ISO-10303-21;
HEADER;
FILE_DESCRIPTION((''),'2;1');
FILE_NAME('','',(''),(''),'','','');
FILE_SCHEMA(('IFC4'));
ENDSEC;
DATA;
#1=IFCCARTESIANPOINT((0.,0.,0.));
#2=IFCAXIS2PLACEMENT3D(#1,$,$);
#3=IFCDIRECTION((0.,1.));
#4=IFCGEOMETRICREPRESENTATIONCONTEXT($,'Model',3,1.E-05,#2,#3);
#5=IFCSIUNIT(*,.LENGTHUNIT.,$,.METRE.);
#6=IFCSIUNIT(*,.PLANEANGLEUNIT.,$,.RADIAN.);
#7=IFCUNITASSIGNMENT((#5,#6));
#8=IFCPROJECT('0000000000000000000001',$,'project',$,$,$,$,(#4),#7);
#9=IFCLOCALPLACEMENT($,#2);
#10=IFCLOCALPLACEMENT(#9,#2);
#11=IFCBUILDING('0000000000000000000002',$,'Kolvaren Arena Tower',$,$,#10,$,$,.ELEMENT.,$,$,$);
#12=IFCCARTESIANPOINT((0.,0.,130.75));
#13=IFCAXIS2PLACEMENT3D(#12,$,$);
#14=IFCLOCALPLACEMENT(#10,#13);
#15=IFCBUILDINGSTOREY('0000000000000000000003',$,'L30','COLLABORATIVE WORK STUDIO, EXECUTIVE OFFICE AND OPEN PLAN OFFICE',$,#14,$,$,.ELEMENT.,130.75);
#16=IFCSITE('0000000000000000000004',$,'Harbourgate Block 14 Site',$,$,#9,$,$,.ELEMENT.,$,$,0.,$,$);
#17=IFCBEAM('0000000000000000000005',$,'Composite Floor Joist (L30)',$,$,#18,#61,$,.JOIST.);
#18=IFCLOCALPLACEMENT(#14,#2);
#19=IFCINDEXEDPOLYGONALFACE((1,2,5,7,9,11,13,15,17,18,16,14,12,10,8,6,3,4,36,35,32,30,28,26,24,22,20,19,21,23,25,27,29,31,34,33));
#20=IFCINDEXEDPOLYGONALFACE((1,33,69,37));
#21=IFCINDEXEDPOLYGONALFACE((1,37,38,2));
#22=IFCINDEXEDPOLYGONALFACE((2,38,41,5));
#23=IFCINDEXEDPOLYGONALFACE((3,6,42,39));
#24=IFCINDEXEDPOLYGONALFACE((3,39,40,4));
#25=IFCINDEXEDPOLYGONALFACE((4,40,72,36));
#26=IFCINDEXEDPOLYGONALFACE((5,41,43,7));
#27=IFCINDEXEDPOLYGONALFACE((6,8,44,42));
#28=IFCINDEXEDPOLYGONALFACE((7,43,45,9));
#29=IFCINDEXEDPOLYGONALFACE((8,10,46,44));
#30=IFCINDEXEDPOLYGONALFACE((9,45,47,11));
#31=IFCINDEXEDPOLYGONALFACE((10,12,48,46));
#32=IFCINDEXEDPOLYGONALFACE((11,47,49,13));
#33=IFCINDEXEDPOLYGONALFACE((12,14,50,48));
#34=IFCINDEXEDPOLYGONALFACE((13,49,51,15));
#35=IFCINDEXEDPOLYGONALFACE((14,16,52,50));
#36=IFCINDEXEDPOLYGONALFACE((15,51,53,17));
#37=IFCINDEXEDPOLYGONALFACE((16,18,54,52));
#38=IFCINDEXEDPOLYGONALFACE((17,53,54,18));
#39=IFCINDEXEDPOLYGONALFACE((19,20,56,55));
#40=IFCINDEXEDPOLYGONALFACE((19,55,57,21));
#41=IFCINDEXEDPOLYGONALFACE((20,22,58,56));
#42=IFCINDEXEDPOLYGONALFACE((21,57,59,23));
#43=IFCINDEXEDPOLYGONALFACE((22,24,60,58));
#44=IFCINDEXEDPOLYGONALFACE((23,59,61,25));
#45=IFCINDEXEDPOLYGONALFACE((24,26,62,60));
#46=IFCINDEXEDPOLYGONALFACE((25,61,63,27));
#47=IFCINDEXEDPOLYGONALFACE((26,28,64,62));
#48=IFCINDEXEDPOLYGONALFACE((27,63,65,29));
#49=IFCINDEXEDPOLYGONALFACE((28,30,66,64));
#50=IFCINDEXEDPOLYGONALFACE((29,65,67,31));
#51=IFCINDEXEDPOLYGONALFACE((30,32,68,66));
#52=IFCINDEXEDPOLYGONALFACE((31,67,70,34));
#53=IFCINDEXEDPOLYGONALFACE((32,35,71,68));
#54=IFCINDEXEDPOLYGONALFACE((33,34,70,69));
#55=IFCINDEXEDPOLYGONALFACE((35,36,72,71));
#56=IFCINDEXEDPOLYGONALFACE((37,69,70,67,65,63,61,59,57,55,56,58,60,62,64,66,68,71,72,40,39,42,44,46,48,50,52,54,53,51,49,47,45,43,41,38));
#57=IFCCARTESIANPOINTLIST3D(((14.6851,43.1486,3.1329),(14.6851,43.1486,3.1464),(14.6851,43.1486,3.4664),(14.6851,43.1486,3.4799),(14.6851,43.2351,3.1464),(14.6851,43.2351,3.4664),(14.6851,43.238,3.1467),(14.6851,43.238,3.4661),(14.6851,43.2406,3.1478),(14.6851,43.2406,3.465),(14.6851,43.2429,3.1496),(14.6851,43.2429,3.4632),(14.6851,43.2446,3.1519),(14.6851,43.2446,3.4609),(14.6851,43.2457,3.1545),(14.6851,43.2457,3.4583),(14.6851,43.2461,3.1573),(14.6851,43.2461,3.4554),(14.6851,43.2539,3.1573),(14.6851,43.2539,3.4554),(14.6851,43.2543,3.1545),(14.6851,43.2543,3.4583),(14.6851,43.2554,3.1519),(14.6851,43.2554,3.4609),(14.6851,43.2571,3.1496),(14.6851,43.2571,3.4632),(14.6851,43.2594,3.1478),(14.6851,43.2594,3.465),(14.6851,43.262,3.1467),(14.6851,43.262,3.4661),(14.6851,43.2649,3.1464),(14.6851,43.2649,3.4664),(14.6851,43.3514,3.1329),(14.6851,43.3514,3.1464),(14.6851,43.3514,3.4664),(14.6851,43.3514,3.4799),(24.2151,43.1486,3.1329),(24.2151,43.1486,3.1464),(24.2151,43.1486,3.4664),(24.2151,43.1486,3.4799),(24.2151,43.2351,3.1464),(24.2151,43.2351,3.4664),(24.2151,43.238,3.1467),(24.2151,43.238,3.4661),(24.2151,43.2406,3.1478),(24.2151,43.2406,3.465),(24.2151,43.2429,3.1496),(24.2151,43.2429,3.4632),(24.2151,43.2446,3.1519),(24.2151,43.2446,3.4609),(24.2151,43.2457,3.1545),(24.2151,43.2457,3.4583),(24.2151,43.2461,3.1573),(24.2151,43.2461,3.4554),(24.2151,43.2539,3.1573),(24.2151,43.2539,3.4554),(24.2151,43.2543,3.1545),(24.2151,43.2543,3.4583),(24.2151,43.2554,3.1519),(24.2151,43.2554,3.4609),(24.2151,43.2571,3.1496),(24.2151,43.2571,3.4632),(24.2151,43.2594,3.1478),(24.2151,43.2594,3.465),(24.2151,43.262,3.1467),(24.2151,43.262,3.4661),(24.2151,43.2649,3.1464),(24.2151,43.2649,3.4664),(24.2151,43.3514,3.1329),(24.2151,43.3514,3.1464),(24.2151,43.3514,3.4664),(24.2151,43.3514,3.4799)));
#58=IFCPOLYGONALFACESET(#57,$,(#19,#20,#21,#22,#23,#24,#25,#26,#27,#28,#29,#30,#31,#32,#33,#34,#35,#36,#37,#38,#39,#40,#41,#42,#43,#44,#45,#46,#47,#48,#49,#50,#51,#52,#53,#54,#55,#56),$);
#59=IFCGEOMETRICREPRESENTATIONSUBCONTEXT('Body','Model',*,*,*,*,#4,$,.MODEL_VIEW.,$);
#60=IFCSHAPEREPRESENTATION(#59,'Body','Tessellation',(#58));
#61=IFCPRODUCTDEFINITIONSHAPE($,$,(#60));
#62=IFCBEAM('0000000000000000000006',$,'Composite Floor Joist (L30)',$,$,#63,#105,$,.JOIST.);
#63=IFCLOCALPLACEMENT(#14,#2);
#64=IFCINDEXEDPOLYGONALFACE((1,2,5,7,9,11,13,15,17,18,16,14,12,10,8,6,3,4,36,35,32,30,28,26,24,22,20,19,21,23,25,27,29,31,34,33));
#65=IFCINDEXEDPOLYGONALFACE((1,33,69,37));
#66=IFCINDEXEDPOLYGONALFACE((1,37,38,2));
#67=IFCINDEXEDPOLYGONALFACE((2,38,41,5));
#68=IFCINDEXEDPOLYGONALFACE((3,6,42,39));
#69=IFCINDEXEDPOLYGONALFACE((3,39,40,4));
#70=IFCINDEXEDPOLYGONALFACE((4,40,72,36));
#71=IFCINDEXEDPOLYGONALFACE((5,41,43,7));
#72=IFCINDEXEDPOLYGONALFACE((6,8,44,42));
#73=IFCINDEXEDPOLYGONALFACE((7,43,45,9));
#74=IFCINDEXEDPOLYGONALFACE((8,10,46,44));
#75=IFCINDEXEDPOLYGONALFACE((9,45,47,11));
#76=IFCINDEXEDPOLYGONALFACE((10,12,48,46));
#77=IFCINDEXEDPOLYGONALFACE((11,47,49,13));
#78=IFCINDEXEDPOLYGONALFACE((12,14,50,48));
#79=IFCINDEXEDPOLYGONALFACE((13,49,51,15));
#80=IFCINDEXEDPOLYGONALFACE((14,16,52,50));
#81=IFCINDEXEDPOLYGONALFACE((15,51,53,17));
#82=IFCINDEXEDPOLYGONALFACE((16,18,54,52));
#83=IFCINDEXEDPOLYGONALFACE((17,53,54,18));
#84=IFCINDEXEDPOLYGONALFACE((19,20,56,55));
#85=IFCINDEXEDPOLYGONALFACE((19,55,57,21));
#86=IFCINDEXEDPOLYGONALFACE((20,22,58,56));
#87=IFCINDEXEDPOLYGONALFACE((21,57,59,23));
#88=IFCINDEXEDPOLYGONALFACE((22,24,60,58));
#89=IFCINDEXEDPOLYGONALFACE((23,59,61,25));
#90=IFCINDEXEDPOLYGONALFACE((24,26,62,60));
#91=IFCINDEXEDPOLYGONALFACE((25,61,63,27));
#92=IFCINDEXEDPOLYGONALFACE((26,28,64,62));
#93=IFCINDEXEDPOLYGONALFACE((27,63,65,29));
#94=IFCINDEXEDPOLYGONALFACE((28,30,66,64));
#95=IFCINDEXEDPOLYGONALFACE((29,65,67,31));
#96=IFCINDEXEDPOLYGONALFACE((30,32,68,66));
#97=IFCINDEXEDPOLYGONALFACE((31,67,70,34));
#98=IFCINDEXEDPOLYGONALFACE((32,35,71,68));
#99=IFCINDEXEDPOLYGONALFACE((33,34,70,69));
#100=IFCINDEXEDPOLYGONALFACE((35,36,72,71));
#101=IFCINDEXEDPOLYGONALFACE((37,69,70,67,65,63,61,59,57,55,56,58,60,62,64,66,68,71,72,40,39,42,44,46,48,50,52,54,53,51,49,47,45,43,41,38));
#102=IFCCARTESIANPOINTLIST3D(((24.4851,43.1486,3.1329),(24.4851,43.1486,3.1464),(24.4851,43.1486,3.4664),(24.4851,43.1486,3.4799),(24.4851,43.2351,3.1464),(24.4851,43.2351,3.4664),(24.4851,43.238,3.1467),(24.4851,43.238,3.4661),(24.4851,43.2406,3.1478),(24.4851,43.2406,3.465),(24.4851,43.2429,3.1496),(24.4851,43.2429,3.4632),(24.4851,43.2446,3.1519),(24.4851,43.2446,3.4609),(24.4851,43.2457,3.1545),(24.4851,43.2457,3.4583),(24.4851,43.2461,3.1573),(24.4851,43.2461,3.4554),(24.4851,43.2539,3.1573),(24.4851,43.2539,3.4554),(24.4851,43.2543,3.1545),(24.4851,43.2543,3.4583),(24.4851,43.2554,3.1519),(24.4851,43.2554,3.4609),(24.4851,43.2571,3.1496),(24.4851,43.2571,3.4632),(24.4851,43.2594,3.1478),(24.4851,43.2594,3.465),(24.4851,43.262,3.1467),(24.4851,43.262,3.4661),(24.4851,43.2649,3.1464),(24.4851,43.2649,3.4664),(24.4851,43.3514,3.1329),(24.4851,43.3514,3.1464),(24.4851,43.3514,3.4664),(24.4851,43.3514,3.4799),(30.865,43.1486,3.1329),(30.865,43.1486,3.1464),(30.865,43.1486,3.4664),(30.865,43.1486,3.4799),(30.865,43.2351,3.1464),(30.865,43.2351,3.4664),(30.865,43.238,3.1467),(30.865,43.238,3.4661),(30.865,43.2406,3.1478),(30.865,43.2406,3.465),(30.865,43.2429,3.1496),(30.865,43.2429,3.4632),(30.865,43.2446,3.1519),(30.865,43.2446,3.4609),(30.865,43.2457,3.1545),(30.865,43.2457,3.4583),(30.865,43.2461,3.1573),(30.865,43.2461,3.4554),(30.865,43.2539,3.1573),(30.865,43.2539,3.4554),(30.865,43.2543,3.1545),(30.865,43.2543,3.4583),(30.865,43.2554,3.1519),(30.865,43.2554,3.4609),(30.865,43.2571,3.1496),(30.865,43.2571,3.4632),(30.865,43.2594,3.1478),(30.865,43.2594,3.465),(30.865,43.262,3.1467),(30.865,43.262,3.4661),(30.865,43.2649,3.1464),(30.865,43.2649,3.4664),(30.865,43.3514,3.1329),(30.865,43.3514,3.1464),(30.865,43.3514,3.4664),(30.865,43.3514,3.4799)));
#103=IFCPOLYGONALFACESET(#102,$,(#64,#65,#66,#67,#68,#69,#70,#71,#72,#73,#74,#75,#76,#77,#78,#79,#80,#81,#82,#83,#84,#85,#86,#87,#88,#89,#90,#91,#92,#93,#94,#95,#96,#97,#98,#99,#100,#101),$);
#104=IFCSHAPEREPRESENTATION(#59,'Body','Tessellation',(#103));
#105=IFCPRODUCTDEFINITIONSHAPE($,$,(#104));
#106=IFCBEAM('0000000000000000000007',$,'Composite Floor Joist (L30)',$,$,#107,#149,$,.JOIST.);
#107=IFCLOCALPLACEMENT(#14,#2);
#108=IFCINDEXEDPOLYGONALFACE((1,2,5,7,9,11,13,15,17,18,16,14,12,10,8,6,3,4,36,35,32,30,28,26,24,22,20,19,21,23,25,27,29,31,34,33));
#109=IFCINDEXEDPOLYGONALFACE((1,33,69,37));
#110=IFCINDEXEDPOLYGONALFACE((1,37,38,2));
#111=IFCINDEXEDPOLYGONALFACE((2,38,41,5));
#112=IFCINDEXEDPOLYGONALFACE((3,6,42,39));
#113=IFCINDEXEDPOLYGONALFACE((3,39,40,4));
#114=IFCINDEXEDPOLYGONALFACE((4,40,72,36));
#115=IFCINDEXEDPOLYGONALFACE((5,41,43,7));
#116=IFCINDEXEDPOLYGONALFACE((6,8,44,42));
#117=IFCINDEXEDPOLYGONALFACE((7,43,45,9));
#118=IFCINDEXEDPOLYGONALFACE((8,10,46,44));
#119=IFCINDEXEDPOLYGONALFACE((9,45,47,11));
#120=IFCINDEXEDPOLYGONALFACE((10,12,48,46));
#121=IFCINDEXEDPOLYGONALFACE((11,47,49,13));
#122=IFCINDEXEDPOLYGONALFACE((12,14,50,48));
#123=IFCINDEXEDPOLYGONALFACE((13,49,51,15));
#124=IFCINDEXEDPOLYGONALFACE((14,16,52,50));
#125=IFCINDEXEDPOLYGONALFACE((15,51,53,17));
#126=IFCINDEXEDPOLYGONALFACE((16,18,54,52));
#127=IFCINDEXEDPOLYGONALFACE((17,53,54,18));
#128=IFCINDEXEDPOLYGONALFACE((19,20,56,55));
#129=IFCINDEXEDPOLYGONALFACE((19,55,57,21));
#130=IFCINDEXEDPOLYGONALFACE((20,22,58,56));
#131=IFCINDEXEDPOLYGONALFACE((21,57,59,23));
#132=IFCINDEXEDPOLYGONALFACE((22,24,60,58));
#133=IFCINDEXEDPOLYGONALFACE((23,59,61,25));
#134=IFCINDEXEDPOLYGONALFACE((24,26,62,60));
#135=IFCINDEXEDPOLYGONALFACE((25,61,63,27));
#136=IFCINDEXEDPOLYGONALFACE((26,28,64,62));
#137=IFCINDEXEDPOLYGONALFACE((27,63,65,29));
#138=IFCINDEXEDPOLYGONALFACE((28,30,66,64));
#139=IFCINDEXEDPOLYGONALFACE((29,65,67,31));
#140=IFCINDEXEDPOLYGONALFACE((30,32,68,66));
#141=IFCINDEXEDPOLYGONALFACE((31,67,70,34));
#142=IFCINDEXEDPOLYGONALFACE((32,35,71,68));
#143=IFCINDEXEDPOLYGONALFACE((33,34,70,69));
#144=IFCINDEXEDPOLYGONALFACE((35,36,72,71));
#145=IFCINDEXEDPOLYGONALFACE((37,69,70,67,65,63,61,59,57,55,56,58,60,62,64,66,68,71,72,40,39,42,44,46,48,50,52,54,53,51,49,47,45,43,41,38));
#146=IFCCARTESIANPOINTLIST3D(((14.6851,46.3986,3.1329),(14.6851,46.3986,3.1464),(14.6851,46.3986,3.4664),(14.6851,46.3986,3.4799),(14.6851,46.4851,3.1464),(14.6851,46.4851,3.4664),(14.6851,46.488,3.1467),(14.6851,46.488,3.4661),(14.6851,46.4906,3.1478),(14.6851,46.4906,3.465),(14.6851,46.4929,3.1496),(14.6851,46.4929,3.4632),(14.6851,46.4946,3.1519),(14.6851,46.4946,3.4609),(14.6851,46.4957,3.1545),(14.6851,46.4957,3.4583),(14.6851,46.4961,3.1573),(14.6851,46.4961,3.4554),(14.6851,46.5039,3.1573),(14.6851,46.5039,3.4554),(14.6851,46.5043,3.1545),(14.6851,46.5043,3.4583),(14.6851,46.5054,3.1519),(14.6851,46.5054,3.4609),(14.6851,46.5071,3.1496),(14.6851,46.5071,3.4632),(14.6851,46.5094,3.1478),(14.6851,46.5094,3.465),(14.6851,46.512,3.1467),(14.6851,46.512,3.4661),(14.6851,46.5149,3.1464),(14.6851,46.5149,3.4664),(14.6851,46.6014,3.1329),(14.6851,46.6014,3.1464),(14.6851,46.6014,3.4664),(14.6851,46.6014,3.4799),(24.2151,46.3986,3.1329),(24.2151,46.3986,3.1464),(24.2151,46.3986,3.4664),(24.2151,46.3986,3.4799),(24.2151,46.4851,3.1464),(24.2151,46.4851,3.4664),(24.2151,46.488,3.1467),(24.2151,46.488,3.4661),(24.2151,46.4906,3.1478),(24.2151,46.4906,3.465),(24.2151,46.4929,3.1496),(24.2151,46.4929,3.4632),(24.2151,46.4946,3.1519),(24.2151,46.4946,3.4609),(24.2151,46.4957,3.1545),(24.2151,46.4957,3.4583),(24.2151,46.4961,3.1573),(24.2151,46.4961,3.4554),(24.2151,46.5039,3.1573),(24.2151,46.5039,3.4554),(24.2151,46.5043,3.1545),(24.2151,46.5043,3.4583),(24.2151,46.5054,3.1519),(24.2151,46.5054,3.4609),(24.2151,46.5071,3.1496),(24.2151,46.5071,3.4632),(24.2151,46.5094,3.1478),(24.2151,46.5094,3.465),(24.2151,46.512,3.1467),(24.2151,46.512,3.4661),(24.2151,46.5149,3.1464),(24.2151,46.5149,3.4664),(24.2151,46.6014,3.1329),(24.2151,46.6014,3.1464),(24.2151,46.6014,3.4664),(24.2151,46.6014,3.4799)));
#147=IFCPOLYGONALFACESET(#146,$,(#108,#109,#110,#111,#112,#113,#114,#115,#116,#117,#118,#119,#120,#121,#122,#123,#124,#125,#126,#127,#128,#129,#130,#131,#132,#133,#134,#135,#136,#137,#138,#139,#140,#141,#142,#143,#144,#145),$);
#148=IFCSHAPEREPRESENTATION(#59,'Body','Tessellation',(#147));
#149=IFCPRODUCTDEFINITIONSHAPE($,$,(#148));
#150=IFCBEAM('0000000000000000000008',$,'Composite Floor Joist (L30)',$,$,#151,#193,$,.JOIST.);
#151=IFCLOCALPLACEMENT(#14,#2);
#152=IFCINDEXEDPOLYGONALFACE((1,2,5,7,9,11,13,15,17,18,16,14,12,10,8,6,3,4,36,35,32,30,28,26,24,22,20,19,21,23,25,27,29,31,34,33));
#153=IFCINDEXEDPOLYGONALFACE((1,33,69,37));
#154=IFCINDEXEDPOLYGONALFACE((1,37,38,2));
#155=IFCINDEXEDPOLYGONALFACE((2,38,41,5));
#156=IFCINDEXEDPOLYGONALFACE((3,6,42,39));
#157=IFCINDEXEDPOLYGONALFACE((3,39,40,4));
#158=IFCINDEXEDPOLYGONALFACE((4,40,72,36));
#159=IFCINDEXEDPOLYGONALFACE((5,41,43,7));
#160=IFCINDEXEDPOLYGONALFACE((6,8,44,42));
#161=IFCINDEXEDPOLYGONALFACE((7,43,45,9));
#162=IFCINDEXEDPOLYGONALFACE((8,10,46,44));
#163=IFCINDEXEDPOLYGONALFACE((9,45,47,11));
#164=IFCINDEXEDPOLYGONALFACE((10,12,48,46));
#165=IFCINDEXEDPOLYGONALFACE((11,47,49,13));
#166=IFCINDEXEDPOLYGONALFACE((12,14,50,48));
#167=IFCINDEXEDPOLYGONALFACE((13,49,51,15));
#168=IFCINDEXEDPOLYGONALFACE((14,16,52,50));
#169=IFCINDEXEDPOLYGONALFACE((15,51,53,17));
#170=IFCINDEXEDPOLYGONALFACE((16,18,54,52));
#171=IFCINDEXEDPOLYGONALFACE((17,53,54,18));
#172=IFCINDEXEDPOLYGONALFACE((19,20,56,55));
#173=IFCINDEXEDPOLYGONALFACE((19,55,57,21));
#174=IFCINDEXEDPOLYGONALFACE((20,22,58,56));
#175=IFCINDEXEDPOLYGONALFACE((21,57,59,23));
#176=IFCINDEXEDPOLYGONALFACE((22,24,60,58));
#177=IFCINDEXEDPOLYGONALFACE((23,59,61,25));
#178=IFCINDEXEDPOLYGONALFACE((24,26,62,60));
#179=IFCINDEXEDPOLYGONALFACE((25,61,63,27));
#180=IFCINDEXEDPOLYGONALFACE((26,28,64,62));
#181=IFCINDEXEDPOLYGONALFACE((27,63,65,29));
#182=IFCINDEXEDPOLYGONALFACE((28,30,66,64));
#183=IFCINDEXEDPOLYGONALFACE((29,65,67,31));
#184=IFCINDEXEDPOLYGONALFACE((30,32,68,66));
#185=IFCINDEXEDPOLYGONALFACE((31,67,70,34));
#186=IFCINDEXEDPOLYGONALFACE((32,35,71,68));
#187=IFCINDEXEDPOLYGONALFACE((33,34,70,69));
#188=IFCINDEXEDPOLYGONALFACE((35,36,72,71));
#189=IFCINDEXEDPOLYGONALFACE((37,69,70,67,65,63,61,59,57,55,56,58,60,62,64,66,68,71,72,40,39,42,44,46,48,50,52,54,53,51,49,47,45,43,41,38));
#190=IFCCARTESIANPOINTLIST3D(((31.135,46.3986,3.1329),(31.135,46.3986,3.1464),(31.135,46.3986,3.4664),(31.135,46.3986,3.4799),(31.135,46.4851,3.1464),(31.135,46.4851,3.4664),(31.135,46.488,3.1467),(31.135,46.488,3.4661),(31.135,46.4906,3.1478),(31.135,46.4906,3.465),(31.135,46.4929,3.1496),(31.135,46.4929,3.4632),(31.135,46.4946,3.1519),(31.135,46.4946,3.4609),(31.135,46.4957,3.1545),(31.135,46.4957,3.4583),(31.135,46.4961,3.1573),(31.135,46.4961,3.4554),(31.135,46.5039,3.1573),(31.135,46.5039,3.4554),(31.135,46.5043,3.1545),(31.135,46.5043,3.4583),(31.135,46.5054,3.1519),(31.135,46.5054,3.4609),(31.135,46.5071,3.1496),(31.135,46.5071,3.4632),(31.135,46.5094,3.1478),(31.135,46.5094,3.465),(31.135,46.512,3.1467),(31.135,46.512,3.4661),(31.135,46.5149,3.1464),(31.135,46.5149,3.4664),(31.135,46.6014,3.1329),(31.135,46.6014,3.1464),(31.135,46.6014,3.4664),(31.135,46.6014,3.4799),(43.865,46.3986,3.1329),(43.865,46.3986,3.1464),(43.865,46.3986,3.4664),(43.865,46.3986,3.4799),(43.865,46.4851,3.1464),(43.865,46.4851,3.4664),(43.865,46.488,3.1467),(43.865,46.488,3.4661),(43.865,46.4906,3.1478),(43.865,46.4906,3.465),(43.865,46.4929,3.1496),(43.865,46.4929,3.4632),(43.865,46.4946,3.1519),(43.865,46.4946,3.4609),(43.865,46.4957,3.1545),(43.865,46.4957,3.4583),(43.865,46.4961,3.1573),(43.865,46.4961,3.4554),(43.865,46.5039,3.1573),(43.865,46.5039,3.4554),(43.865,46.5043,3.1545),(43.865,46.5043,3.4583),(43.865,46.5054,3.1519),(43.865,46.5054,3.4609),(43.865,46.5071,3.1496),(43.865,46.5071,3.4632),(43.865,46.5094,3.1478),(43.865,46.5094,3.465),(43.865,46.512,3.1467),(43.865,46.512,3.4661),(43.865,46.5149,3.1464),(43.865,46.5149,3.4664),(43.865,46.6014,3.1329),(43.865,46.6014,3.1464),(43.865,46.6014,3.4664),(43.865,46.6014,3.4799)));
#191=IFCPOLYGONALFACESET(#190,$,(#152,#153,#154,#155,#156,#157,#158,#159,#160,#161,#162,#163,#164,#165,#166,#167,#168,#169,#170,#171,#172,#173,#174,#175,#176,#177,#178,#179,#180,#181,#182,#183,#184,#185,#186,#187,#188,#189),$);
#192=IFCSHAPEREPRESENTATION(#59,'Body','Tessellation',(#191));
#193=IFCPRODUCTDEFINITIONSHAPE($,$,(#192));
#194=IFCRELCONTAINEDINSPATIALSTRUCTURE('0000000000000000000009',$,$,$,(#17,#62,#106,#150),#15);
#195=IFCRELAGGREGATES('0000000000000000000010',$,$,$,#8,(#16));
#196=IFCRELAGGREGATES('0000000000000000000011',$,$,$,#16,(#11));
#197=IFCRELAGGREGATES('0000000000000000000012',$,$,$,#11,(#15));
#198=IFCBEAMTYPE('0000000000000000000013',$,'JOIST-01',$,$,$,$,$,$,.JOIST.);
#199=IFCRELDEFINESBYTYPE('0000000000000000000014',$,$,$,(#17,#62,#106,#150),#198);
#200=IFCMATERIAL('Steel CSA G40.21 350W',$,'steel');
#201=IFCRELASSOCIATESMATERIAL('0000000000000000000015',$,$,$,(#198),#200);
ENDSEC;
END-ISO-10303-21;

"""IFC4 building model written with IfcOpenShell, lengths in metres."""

from ifc_helpers import new_model, si_unit, direction, frame, origin, origin_2d, place, context, subcontext, project, spatial, i_section, extrude, material, material_profile, profile_set, type_object, element, save


model = new_model("IFC4")

# Units and contexts
model_context = context("Model", 3, precision=1e-05, world=origin(), true_north=direction((0.0, 1.0)))
body_context = subcontext(model_context, "Body", "Model", "MODEL_VIEW")
ifc_project = project(units=[si_unit("LENGTHUNIT", "METRE"), si_unit("PLANEANGLEUNIT", "RADIAN")], contexts=[model_context])

# Site, building, storey
site_placement = place(None, origin())
site = spatial("IfcSite", under=ifc_project, at=site_placement, Name="Harbourgate Block 14 Site", CompositionType="ELEMENT", RefElevation=0.0)
building_placement = place(site_placement, origin())
building = spatial("IfcBuilding", under=site, at=building_placement, Name="Kolvaren Arena Tower", CompositionType="ELEMENT")
storey_placement = place(building_placement, frame((0.0, 0.0, 130.75)))
storey = spatial("IfcBuildingStorey", under=building, at=storey_placement, Name="L30", Description="COLLABORATIVE WORK STUDIO, EXECUTIVE OFFICE AND OPEN PLAN OFFICE", CompositionType="ELEMENT", Elevation=130.75)

# Beams
ifc_material_1 = material(Name="Steel CSA G40.21 350W", Category="steel")
ifc_material_profile_1 = material_profile(ifc_material_1, i_section(OverallWidth=0.2029, OverallDepth=0.3469, WebThickness=0.0078, FlangeThickness=0.0134, FilletRadius=0.011, at=origin_2d()), Name="W360x64")
ifc_profile_set_1 = profile_set([ifc_material_profile_1], Name="Steel CSA G40.21 350W")
beam_type_1 = type_object("IfcBeamType", Name="JOIST-01", PredefinedType="JOIST", material=ifc_profile_set_1)
beam_1_placement = place(storey_placement, frame((14.6851, 43.25, 3.3064), z_axis=(1.0, 0.0, 0.0), x_axis=(0.0, 1.0, 0.0)))
element("IfcBeam", 1, at=beam_1_placement, inside=storey, type_object=beam_type_1, Name="Composite Floor Joist (L30)", PredefinedType="JOIST", context=body_context, shape_type="SweptSolid", body=[
    extrude(i_section(OverallWidth=0.2029, OverallDepth=0.3469, WebThickness=0.0078, FlangeThickness=0.0134, FilletRadius=0.011, at=origin_2d()), origin(), (0.0, 0.0, 1.0), 9.53),
])
beam_2_placement = place(storey_placement, frame((24.4851, 43.25, 3.3064), z_axis=(1.0, 0.0, 0.0), x_axis=(0.0, 1.0, 0.0)))
element("IfcBeam", 2, at=beam_2_placement, inside=storey, type_object=beam_type_1, Name="Composite Floor Joist (L30)", PredefinedType="JOIST", context=body_context, shape_type="SweptSolid", body=[
    extrude(i_section(OverallWidth=0.2029, OverallDepth=0.3469, WebThickness=0.0078, FlangeThickness=0.0134, FilletRadius=0.011, at=origin_2d()), origin(), (0.0, 0.0, 1.0), 6.3799),
])
beam_3_placement = place(storey_placement, frame((14.6851, 46.5, 3.3064), z_axis=(1.0, 0.0, 0.0), x_axis=(0.0, 1.0, 0.0)))
element("IfcBeam", 3, at=beam_3_placement, inside=storey, type_object=beam_type_1, Name="Composite Floor Joist (L30)", PredefinedType="JOIST", context=body_context, shape_type="SweptSolid", body=[
    extrude(i_section(OverallWidth=0.2029, OverallDepth=0.3469, WebThickness=0.0078, FlangeThickness=0.0134, FilletRadius=0.011, at=origin_2d()), origin(), (0.0, 0.0, 1.0), 9.53),
])
beam_4_placement = place(storey_placement, frame((31.135, 46.5, 3.3064), z_axis=(1.0, 0.0, 0.0), x_axis=(0.0, 1.0, 0.0)))
element("IfcBeam", 4, at=beam_4_placement, inside=storey, type_object=beam_type_1, Name="Composite Floor Joist (L30)", PredefinedType="JOIST", context=body_context, shape_type="SweptSolid", body=[
    extrude(i_section(OverallWidth=0.2029, OverallDepth=0.3469, WebThickness=0.0078, FlangeThickness=0.0134, FilletRadius=0.011, at=origin_2d()), origin(), (0.0, 0.0, 1.0), 12.73),
])

save(model, "model.ifc")
